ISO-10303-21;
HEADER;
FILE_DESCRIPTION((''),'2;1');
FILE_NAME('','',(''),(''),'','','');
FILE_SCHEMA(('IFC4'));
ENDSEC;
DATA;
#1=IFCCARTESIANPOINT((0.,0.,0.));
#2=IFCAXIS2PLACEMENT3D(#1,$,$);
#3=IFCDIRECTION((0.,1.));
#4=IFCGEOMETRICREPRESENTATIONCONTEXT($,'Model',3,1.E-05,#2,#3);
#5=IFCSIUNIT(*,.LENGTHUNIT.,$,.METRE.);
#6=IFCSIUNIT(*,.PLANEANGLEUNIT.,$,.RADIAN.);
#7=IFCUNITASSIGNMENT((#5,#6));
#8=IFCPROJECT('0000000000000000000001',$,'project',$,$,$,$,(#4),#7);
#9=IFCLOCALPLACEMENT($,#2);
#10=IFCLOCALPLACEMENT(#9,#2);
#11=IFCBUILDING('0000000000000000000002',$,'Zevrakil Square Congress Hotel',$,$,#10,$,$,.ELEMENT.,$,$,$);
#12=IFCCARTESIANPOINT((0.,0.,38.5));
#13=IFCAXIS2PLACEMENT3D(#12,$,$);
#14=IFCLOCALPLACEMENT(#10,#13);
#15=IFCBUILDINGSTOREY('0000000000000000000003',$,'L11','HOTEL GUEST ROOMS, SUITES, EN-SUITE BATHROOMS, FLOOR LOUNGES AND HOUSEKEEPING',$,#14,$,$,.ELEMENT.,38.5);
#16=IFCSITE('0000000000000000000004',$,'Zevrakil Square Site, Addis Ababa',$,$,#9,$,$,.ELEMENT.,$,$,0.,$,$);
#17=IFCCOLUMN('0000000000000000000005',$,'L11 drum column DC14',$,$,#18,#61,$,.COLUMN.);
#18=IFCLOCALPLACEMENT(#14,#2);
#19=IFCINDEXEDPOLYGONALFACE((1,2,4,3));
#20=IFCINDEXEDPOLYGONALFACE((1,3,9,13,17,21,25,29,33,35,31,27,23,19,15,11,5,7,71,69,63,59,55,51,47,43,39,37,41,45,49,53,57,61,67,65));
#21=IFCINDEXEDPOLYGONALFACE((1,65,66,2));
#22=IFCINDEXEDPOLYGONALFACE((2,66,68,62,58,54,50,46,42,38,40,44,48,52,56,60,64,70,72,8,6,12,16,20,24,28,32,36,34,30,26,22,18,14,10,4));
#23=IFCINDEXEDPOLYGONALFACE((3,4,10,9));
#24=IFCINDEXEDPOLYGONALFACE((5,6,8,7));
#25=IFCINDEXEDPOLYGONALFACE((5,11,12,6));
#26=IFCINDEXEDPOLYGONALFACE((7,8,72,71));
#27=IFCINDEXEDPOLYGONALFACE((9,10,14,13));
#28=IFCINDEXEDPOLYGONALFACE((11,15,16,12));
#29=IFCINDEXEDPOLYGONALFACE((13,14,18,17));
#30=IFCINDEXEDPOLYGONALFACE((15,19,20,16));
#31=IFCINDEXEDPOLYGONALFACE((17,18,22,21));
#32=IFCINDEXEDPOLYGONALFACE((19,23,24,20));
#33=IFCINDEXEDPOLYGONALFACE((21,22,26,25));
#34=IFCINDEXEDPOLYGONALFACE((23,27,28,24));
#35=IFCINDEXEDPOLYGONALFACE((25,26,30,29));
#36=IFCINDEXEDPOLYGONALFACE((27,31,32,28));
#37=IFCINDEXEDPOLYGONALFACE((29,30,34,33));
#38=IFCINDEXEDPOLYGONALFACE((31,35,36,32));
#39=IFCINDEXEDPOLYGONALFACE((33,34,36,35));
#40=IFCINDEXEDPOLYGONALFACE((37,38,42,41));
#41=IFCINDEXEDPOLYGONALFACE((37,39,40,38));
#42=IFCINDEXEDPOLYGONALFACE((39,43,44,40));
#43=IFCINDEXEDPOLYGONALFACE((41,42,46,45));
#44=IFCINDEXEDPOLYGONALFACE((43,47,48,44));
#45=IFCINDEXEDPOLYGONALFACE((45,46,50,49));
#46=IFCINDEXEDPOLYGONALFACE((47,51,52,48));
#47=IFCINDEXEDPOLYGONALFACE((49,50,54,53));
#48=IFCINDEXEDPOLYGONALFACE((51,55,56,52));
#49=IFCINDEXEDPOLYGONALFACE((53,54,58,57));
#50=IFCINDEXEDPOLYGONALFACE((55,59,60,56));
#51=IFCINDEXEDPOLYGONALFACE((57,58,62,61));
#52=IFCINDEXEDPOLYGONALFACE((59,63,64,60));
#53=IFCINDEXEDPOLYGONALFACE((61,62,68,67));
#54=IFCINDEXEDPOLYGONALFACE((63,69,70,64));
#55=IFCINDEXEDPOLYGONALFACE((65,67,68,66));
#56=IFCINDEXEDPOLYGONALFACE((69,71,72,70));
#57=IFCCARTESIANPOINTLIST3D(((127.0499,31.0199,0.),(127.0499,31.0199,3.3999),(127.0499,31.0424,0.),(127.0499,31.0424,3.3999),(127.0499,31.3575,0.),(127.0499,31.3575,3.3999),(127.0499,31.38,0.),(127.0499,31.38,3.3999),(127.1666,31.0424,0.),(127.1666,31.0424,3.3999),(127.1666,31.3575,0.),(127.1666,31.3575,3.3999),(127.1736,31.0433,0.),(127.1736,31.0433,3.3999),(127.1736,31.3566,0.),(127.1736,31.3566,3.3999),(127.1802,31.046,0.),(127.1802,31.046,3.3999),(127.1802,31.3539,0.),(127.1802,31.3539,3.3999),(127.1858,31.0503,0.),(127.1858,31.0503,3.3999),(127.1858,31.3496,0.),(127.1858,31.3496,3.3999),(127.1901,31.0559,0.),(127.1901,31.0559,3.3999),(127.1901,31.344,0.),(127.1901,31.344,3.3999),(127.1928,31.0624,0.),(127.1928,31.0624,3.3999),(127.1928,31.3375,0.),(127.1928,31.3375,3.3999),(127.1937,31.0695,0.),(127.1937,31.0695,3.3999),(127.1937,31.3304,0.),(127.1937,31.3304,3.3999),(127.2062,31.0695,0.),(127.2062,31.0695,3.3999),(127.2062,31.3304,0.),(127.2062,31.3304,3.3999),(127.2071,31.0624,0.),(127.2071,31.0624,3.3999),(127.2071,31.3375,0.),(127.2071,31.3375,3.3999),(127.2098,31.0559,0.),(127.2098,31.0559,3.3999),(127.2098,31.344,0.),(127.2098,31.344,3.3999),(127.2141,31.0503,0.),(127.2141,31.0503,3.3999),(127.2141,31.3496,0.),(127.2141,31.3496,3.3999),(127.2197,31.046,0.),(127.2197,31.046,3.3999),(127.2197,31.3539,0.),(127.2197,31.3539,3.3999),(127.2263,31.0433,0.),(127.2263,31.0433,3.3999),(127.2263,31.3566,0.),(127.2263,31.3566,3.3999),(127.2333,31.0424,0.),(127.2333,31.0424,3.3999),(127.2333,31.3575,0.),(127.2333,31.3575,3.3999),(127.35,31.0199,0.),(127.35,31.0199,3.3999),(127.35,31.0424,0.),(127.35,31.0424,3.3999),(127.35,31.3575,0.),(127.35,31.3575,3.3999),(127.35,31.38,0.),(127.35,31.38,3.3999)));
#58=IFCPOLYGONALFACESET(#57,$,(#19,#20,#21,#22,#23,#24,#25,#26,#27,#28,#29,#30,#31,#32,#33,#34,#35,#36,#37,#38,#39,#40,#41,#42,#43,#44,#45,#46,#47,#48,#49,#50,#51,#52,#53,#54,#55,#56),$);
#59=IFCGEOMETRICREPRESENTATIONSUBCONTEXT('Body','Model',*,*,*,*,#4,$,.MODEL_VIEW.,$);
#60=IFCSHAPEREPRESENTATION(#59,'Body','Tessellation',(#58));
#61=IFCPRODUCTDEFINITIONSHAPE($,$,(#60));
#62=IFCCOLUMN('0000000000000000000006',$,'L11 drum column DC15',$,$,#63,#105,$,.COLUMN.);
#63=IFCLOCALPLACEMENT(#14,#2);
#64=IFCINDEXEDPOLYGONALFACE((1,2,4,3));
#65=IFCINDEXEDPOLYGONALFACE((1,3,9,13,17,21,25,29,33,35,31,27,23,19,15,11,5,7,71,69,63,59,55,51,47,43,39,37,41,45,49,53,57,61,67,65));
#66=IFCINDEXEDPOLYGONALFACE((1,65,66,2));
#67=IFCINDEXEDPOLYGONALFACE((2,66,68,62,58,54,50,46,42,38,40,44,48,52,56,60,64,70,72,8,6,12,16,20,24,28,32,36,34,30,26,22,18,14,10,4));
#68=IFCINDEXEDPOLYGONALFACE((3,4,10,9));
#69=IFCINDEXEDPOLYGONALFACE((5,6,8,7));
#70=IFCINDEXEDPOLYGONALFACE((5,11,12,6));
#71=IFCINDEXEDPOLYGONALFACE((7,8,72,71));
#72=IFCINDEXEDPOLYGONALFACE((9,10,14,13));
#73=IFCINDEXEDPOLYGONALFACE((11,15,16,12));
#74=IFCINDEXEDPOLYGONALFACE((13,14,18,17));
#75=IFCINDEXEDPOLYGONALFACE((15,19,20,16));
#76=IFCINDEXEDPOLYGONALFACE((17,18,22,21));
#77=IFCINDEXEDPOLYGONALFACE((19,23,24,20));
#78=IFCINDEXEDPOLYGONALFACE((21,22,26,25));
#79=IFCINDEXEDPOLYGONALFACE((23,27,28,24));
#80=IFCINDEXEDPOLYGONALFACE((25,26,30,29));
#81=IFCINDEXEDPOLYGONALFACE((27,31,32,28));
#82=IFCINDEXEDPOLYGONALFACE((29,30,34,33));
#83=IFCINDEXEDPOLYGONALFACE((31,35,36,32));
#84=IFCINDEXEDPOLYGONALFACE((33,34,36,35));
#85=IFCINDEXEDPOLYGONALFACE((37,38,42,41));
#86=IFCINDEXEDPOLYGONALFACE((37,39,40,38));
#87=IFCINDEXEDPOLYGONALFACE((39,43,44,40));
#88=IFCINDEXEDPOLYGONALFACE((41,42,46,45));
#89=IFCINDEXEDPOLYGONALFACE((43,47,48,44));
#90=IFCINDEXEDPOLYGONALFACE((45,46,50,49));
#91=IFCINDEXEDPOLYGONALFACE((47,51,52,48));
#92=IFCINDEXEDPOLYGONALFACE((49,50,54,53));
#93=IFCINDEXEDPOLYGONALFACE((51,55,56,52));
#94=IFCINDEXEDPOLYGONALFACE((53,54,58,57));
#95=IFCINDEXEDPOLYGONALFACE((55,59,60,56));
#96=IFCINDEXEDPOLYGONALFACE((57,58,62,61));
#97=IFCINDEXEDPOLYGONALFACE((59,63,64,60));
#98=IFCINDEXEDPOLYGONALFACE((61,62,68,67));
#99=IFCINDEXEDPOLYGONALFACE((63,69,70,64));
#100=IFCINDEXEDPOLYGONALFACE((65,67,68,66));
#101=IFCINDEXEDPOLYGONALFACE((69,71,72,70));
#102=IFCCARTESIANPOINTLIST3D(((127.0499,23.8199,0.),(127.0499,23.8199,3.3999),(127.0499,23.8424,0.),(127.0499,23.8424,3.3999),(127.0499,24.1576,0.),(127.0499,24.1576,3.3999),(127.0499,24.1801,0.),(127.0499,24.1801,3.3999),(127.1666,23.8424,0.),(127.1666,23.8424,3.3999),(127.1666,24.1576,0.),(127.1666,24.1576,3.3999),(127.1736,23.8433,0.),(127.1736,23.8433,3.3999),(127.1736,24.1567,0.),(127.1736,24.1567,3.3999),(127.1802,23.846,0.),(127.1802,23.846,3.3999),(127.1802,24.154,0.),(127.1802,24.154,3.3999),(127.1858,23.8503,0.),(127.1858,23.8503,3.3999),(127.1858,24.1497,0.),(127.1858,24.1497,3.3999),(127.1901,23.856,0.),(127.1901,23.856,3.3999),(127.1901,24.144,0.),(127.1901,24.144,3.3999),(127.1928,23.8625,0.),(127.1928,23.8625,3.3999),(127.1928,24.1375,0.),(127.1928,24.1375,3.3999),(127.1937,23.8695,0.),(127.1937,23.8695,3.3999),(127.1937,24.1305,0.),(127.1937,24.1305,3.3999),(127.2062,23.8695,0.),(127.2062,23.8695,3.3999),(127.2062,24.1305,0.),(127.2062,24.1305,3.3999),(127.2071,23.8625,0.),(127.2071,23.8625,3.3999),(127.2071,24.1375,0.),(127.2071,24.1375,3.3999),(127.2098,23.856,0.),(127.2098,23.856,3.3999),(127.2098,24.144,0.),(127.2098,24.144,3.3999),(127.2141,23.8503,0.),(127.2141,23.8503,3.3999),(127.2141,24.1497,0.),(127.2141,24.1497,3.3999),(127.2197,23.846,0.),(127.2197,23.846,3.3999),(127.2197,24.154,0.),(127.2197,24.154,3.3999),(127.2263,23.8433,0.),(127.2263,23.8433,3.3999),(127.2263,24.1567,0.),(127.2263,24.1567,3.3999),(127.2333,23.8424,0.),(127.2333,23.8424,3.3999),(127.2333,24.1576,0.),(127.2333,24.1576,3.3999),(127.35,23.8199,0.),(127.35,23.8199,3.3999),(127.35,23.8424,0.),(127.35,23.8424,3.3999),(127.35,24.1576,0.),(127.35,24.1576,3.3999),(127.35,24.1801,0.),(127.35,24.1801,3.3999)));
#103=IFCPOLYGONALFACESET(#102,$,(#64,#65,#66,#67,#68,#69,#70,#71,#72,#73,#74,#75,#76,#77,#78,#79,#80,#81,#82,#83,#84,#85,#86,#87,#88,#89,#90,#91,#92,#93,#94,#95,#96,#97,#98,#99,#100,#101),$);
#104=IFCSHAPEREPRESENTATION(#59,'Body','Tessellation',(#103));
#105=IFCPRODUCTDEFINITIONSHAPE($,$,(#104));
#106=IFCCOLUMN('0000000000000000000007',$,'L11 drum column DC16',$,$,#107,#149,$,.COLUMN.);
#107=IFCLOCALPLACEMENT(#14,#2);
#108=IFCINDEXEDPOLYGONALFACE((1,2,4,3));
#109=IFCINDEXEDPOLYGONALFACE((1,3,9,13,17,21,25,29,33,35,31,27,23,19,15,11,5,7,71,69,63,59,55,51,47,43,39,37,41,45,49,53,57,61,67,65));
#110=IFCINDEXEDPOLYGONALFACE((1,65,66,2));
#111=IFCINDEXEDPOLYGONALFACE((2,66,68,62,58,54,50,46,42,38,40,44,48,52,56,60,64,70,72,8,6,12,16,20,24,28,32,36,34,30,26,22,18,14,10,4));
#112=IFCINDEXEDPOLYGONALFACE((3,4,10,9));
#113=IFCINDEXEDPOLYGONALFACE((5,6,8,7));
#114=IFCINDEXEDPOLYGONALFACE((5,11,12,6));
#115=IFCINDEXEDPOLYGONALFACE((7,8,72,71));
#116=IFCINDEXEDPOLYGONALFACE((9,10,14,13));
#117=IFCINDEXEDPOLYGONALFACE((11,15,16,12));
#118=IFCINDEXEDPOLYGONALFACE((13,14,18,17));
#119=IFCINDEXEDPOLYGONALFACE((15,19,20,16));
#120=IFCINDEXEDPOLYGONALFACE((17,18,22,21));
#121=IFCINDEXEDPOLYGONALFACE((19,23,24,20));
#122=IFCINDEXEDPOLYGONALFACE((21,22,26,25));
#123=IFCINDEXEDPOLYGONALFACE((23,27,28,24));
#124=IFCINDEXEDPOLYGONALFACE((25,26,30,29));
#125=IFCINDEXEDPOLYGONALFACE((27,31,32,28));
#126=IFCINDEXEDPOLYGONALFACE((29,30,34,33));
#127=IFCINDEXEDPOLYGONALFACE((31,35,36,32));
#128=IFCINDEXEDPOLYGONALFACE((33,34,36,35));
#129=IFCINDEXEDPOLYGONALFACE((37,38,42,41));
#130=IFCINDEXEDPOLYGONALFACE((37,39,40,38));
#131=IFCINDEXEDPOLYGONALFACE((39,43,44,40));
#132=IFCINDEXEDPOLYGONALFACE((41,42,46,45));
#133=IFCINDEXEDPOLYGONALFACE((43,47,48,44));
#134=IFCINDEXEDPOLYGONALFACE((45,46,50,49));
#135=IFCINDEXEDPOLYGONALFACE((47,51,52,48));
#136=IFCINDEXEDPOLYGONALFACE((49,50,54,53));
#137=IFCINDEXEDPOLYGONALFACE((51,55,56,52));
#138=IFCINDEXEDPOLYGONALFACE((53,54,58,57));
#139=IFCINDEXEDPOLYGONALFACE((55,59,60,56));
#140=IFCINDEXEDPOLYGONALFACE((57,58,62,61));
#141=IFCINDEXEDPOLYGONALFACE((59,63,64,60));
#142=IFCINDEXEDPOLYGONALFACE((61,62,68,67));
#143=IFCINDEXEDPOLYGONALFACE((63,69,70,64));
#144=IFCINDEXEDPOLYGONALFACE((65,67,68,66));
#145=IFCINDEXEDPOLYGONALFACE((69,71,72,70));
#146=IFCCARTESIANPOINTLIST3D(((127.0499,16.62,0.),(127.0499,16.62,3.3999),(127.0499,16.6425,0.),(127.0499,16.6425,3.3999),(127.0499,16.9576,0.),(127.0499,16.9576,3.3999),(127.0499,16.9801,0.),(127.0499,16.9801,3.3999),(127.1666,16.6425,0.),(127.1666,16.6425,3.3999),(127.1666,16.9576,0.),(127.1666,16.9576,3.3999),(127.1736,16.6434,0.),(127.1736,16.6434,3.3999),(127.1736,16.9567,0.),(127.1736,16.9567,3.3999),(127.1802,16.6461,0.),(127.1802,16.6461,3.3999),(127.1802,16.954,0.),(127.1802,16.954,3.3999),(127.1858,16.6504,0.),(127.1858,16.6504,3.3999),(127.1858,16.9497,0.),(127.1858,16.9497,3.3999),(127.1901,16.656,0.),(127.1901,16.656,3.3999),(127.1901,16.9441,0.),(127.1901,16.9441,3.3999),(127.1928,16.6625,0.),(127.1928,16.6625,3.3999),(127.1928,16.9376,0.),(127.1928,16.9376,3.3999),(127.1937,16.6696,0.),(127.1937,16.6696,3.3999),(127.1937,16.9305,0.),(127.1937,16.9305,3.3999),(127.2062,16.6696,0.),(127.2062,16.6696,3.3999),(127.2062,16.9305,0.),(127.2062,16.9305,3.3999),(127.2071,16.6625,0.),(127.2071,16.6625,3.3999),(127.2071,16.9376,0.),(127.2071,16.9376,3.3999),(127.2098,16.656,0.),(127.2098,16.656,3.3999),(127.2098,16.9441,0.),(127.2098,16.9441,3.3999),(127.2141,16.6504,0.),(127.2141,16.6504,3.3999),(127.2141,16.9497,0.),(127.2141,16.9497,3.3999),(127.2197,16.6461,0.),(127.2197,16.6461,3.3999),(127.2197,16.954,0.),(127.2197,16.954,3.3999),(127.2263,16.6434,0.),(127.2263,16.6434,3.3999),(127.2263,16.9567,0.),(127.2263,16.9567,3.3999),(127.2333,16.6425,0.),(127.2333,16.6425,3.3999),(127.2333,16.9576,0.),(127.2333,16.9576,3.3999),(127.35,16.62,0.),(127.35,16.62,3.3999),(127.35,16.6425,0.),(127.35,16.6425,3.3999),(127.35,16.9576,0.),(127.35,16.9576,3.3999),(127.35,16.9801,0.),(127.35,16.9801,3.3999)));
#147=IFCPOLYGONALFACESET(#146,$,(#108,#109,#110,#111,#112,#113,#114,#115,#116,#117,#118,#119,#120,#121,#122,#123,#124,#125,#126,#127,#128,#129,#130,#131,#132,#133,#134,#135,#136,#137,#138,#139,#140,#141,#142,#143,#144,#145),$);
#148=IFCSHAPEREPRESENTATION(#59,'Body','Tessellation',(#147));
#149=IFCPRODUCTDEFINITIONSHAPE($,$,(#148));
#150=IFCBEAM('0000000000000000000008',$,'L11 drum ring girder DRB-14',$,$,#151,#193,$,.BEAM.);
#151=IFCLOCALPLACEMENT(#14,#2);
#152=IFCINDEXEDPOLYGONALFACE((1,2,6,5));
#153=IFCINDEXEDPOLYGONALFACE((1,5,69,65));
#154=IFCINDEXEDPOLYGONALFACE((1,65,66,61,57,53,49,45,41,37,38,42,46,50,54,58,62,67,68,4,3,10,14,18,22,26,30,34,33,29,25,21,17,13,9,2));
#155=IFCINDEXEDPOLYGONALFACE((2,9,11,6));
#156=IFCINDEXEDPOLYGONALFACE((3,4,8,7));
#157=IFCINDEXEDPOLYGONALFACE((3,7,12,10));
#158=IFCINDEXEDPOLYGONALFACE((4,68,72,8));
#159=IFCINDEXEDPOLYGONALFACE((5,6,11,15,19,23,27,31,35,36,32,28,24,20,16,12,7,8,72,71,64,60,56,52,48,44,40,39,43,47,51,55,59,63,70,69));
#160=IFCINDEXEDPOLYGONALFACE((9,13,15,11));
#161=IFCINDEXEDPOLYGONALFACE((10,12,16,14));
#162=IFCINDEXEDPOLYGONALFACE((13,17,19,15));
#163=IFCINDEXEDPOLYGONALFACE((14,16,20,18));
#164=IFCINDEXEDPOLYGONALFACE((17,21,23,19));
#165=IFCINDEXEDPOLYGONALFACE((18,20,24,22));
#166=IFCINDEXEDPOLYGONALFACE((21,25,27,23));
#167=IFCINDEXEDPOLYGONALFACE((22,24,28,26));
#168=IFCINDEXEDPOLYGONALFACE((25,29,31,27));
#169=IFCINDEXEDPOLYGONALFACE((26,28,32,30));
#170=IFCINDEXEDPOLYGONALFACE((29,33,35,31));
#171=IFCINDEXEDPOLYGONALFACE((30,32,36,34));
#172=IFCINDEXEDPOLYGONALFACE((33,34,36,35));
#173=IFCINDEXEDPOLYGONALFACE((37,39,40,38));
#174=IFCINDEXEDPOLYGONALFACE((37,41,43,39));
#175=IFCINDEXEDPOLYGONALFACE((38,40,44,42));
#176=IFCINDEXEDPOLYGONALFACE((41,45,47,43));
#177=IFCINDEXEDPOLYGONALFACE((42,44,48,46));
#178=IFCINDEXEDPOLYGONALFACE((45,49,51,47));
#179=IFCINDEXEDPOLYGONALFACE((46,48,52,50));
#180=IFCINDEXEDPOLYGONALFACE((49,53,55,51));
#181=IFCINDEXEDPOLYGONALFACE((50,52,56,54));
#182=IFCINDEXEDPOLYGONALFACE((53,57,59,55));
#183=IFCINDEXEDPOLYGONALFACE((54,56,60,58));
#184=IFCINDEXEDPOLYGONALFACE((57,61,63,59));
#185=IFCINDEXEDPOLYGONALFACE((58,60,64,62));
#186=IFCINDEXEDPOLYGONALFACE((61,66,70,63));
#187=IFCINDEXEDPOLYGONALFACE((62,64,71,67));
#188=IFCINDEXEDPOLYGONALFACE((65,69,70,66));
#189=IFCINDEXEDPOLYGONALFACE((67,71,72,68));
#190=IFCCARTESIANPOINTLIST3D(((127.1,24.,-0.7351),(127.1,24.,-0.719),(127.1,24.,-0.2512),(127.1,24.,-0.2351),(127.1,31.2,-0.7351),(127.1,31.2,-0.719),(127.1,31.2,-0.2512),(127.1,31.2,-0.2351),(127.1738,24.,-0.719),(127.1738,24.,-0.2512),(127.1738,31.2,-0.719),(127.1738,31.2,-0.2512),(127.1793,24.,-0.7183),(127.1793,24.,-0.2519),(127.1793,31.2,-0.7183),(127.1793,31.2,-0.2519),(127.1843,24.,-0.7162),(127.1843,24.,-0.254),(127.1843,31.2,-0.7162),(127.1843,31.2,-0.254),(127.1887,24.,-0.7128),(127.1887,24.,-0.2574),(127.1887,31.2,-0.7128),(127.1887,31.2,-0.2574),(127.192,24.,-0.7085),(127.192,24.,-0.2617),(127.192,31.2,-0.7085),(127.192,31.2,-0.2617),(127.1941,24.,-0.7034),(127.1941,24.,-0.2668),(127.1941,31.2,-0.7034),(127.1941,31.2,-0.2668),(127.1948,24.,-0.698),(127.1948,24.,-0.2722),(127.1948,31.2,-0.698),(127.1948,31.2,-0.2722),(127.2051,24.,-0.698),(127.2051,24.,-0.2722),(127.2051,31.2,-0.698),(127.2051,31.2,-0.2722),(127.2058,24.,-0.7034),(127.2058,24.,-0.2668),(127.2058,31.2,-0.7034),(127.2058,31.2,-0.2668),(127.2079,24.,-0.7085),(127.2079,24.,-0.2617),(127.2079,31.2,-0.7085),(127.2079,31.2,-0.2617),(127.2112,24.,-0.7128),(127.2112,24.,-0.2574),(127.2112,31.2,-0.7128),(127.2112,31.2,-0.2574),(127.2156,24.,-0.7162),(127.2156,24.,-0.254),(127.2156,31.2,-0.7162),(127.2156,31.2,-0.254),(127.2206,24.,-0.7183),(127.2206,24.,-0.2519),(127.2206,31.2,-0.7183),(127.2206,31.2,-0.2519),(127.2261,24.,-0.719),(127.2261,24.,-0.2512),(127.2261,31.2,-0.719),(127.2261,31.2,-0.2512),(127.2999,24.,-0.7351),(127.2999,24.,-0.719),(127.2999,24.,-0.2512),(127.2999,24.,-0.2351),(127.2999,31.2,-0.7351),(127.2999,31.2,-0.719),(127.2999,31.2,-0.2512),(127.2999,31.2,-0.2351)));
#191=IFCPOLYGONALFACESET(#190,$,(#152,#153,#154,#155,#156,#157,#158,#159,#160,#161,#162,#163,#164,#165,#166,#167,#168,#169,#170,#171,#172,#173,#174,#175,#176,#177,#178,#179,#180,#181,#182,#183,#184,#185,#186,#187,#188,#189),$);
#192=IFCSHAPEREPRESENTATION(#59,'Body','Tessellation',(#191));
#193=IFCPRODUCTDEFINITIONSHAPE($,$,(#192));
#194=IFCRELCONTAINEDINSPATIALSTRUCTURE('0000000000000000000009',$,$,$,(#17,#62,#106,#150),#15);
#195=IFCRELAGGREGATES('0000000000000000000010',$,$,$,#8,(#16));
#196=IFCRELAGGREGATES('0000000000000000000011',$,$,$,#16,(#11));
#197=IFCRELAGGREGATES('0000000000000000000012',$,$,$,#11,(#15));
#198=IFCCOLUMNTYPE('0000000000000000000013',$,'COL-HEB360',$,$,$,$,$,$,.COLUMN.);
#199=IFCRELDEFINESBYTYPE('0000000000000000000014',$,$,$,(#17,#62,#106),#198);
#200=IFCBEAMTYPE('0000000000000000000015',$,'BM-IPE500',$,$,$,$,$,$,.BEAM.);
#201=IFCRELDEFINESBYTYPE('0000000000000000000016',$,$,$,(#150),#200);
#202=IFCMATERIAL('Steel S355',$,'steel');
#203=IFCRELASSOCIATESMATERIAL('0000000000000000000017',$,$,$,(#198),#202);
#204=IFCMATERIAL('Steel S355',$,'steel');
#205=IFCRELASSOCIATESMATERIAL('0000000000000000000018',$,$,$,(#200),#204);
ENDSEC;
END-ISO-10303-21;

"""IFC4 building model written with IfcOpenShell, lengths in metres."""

from ifc_helpers import new_model, si_unit, direction, frame, origin, origin_2d, place, context, subcontext, project, spatial, i_section, extrude, material, material_profile, profile_set, type_object, element, save


model = new_model("IFC4")

# Units and contexts
model_context = context("Model", 3, precision=1e-05, world=origin(), true_north=direction((0.0, 1.0)))
body_context = subcontext(model_context, "Body", "Model", "MODEL_VIEW")
ifc_project = project(units=[si_unit("LENGTHUNIT", "METRE"), si_unit("PLANEANGLEUNIT", "RADIAN")], contexts=[model_context])

# Site, building, storey
site_placement = place(None, origin())
site = spatial("IfcSite", under=ifc_project, at=site_placement, Name="Zevrakil Square Site, Addis Ababa", CompositionType="ELEMENT", RefElevation=0.0)
building_placement = place(site_placement, origin())
building = spatial("IfcBuilding", under=site, at=building_placement, Name="Zevrakil Square Congress Hotel", CompositionType="ELEMENT")
storey_placement = place(building_placement, frame((0.0, 0.0, 38.5)))
storey = spatial("IfcBuildingStorey", under=building, at=storey_placement, Name="L11", Description="HOTEL GUEST ROOMS, SUITES, EN-SUITE BATHROOMS, FLOOR LOUNGES AND HOUSEKEEPING", CompositionType="ELEMENT", Elevation=38.5)

# Columns
ifc_material_1 = material(Name="Steel S355", Category="steel")
ifc_material_profile_1 = material_profile(ifc_material_1, i_section(OverallWidth=0.3, OverallDepth=0.3601, WebThickness=0.0125, FlangeThickness=0.0225, FilletRadius=0.0271, at=origin_2d()), Name="HEB 360")
ifc_profile_set_1 = profile_set([ifc_material_profile_1], Name="Steel S355")
column_type = type_object("IfcColumnType", Name="COL-HEB360", PredefinedType="COLUMN", material=ifc_profile_set_1)
for number, where, z_axis, x_axis, name in (
    (1, (127.2, 31.2, 0.0), (0.0, 0.0, 1.0), (1.0, 0.0, 0.0), "L11 drum column DC14"),
    (2, (127.2, 24.0, 0.0), (0.0, 0.0, 1.0), (1.0, 0.0, 0.0), "L11 drum column DC15"),
    (3, (127.2, 16.8, 0.0), (0.0, 0.0, 1.0), (1.0, 0.0, 0.0), "L11 drum column DC16"),
):
    element("IfcColumn", number, at=place(storey_placement, frame(where, z_axis=z_axis, x_axis=x_axis)), inside=storey, type_object=column_type, Name=name, PredefinedType="COLUMN", context=body_context, shape_type="SweptSolid", body=[
        extrude(i_section(OverallWidth=0.3, OverallDepth=0.3601, WebThickness=0.0125, FlangeThickness=0.0225, FilletRadius=0.0271, at=origin_2d()), origin(), (0.0, 0.0, 1.0), 3.3999),
    ])

# Beam
ifc_material_2 = material(Name="Steel S355", Category="steel")
ifc_material_profile_2 = material_profile(ifc_material_2, i_section(OverallWidth=0.2, OverallDepth=0.5, WebThickness=0.0103, FlangeThickness=0.0161, FilletRadius=0.021, at=origin_2d()), Name="IPE 500")
ifc_profile_set_2 = profile_set([ifc_material_profile_2], Name="Steel S355")
beam_type_1 = type_object("IfcBeamType", Name="BM-IPE500", PredefinedType="BEAM", material=ifc_profile_set_2)
for number, where, z_axis, x_axis, name in (
    (4, (127.2, 31.2, -0.4851), (0.0, -1.0, 0.0), (1.0, 0.0, 0.0), "L11 drum ring girder DRB-14"),
):
    element("IfcBeam", number, at=place(storey_placement, frame(where, z_axis=z_axis, x_axis=x_axis)), inside=storey, type_object=beam_type_1, Name=name, PredefinedType="BEAM", context=body_context, shape_type="SweptSolid", body=[
        extrude(i_section(OverallWidth=0.2, OverallDepth=0.5, WebThickness=0.0103, FlangeThickness=0.0161, FilletRadius=0.021, at=origin_2d()), origin(), (0.0, 0.0, 1.0), 7.2),
    ])

save(model, "model.ifc")
